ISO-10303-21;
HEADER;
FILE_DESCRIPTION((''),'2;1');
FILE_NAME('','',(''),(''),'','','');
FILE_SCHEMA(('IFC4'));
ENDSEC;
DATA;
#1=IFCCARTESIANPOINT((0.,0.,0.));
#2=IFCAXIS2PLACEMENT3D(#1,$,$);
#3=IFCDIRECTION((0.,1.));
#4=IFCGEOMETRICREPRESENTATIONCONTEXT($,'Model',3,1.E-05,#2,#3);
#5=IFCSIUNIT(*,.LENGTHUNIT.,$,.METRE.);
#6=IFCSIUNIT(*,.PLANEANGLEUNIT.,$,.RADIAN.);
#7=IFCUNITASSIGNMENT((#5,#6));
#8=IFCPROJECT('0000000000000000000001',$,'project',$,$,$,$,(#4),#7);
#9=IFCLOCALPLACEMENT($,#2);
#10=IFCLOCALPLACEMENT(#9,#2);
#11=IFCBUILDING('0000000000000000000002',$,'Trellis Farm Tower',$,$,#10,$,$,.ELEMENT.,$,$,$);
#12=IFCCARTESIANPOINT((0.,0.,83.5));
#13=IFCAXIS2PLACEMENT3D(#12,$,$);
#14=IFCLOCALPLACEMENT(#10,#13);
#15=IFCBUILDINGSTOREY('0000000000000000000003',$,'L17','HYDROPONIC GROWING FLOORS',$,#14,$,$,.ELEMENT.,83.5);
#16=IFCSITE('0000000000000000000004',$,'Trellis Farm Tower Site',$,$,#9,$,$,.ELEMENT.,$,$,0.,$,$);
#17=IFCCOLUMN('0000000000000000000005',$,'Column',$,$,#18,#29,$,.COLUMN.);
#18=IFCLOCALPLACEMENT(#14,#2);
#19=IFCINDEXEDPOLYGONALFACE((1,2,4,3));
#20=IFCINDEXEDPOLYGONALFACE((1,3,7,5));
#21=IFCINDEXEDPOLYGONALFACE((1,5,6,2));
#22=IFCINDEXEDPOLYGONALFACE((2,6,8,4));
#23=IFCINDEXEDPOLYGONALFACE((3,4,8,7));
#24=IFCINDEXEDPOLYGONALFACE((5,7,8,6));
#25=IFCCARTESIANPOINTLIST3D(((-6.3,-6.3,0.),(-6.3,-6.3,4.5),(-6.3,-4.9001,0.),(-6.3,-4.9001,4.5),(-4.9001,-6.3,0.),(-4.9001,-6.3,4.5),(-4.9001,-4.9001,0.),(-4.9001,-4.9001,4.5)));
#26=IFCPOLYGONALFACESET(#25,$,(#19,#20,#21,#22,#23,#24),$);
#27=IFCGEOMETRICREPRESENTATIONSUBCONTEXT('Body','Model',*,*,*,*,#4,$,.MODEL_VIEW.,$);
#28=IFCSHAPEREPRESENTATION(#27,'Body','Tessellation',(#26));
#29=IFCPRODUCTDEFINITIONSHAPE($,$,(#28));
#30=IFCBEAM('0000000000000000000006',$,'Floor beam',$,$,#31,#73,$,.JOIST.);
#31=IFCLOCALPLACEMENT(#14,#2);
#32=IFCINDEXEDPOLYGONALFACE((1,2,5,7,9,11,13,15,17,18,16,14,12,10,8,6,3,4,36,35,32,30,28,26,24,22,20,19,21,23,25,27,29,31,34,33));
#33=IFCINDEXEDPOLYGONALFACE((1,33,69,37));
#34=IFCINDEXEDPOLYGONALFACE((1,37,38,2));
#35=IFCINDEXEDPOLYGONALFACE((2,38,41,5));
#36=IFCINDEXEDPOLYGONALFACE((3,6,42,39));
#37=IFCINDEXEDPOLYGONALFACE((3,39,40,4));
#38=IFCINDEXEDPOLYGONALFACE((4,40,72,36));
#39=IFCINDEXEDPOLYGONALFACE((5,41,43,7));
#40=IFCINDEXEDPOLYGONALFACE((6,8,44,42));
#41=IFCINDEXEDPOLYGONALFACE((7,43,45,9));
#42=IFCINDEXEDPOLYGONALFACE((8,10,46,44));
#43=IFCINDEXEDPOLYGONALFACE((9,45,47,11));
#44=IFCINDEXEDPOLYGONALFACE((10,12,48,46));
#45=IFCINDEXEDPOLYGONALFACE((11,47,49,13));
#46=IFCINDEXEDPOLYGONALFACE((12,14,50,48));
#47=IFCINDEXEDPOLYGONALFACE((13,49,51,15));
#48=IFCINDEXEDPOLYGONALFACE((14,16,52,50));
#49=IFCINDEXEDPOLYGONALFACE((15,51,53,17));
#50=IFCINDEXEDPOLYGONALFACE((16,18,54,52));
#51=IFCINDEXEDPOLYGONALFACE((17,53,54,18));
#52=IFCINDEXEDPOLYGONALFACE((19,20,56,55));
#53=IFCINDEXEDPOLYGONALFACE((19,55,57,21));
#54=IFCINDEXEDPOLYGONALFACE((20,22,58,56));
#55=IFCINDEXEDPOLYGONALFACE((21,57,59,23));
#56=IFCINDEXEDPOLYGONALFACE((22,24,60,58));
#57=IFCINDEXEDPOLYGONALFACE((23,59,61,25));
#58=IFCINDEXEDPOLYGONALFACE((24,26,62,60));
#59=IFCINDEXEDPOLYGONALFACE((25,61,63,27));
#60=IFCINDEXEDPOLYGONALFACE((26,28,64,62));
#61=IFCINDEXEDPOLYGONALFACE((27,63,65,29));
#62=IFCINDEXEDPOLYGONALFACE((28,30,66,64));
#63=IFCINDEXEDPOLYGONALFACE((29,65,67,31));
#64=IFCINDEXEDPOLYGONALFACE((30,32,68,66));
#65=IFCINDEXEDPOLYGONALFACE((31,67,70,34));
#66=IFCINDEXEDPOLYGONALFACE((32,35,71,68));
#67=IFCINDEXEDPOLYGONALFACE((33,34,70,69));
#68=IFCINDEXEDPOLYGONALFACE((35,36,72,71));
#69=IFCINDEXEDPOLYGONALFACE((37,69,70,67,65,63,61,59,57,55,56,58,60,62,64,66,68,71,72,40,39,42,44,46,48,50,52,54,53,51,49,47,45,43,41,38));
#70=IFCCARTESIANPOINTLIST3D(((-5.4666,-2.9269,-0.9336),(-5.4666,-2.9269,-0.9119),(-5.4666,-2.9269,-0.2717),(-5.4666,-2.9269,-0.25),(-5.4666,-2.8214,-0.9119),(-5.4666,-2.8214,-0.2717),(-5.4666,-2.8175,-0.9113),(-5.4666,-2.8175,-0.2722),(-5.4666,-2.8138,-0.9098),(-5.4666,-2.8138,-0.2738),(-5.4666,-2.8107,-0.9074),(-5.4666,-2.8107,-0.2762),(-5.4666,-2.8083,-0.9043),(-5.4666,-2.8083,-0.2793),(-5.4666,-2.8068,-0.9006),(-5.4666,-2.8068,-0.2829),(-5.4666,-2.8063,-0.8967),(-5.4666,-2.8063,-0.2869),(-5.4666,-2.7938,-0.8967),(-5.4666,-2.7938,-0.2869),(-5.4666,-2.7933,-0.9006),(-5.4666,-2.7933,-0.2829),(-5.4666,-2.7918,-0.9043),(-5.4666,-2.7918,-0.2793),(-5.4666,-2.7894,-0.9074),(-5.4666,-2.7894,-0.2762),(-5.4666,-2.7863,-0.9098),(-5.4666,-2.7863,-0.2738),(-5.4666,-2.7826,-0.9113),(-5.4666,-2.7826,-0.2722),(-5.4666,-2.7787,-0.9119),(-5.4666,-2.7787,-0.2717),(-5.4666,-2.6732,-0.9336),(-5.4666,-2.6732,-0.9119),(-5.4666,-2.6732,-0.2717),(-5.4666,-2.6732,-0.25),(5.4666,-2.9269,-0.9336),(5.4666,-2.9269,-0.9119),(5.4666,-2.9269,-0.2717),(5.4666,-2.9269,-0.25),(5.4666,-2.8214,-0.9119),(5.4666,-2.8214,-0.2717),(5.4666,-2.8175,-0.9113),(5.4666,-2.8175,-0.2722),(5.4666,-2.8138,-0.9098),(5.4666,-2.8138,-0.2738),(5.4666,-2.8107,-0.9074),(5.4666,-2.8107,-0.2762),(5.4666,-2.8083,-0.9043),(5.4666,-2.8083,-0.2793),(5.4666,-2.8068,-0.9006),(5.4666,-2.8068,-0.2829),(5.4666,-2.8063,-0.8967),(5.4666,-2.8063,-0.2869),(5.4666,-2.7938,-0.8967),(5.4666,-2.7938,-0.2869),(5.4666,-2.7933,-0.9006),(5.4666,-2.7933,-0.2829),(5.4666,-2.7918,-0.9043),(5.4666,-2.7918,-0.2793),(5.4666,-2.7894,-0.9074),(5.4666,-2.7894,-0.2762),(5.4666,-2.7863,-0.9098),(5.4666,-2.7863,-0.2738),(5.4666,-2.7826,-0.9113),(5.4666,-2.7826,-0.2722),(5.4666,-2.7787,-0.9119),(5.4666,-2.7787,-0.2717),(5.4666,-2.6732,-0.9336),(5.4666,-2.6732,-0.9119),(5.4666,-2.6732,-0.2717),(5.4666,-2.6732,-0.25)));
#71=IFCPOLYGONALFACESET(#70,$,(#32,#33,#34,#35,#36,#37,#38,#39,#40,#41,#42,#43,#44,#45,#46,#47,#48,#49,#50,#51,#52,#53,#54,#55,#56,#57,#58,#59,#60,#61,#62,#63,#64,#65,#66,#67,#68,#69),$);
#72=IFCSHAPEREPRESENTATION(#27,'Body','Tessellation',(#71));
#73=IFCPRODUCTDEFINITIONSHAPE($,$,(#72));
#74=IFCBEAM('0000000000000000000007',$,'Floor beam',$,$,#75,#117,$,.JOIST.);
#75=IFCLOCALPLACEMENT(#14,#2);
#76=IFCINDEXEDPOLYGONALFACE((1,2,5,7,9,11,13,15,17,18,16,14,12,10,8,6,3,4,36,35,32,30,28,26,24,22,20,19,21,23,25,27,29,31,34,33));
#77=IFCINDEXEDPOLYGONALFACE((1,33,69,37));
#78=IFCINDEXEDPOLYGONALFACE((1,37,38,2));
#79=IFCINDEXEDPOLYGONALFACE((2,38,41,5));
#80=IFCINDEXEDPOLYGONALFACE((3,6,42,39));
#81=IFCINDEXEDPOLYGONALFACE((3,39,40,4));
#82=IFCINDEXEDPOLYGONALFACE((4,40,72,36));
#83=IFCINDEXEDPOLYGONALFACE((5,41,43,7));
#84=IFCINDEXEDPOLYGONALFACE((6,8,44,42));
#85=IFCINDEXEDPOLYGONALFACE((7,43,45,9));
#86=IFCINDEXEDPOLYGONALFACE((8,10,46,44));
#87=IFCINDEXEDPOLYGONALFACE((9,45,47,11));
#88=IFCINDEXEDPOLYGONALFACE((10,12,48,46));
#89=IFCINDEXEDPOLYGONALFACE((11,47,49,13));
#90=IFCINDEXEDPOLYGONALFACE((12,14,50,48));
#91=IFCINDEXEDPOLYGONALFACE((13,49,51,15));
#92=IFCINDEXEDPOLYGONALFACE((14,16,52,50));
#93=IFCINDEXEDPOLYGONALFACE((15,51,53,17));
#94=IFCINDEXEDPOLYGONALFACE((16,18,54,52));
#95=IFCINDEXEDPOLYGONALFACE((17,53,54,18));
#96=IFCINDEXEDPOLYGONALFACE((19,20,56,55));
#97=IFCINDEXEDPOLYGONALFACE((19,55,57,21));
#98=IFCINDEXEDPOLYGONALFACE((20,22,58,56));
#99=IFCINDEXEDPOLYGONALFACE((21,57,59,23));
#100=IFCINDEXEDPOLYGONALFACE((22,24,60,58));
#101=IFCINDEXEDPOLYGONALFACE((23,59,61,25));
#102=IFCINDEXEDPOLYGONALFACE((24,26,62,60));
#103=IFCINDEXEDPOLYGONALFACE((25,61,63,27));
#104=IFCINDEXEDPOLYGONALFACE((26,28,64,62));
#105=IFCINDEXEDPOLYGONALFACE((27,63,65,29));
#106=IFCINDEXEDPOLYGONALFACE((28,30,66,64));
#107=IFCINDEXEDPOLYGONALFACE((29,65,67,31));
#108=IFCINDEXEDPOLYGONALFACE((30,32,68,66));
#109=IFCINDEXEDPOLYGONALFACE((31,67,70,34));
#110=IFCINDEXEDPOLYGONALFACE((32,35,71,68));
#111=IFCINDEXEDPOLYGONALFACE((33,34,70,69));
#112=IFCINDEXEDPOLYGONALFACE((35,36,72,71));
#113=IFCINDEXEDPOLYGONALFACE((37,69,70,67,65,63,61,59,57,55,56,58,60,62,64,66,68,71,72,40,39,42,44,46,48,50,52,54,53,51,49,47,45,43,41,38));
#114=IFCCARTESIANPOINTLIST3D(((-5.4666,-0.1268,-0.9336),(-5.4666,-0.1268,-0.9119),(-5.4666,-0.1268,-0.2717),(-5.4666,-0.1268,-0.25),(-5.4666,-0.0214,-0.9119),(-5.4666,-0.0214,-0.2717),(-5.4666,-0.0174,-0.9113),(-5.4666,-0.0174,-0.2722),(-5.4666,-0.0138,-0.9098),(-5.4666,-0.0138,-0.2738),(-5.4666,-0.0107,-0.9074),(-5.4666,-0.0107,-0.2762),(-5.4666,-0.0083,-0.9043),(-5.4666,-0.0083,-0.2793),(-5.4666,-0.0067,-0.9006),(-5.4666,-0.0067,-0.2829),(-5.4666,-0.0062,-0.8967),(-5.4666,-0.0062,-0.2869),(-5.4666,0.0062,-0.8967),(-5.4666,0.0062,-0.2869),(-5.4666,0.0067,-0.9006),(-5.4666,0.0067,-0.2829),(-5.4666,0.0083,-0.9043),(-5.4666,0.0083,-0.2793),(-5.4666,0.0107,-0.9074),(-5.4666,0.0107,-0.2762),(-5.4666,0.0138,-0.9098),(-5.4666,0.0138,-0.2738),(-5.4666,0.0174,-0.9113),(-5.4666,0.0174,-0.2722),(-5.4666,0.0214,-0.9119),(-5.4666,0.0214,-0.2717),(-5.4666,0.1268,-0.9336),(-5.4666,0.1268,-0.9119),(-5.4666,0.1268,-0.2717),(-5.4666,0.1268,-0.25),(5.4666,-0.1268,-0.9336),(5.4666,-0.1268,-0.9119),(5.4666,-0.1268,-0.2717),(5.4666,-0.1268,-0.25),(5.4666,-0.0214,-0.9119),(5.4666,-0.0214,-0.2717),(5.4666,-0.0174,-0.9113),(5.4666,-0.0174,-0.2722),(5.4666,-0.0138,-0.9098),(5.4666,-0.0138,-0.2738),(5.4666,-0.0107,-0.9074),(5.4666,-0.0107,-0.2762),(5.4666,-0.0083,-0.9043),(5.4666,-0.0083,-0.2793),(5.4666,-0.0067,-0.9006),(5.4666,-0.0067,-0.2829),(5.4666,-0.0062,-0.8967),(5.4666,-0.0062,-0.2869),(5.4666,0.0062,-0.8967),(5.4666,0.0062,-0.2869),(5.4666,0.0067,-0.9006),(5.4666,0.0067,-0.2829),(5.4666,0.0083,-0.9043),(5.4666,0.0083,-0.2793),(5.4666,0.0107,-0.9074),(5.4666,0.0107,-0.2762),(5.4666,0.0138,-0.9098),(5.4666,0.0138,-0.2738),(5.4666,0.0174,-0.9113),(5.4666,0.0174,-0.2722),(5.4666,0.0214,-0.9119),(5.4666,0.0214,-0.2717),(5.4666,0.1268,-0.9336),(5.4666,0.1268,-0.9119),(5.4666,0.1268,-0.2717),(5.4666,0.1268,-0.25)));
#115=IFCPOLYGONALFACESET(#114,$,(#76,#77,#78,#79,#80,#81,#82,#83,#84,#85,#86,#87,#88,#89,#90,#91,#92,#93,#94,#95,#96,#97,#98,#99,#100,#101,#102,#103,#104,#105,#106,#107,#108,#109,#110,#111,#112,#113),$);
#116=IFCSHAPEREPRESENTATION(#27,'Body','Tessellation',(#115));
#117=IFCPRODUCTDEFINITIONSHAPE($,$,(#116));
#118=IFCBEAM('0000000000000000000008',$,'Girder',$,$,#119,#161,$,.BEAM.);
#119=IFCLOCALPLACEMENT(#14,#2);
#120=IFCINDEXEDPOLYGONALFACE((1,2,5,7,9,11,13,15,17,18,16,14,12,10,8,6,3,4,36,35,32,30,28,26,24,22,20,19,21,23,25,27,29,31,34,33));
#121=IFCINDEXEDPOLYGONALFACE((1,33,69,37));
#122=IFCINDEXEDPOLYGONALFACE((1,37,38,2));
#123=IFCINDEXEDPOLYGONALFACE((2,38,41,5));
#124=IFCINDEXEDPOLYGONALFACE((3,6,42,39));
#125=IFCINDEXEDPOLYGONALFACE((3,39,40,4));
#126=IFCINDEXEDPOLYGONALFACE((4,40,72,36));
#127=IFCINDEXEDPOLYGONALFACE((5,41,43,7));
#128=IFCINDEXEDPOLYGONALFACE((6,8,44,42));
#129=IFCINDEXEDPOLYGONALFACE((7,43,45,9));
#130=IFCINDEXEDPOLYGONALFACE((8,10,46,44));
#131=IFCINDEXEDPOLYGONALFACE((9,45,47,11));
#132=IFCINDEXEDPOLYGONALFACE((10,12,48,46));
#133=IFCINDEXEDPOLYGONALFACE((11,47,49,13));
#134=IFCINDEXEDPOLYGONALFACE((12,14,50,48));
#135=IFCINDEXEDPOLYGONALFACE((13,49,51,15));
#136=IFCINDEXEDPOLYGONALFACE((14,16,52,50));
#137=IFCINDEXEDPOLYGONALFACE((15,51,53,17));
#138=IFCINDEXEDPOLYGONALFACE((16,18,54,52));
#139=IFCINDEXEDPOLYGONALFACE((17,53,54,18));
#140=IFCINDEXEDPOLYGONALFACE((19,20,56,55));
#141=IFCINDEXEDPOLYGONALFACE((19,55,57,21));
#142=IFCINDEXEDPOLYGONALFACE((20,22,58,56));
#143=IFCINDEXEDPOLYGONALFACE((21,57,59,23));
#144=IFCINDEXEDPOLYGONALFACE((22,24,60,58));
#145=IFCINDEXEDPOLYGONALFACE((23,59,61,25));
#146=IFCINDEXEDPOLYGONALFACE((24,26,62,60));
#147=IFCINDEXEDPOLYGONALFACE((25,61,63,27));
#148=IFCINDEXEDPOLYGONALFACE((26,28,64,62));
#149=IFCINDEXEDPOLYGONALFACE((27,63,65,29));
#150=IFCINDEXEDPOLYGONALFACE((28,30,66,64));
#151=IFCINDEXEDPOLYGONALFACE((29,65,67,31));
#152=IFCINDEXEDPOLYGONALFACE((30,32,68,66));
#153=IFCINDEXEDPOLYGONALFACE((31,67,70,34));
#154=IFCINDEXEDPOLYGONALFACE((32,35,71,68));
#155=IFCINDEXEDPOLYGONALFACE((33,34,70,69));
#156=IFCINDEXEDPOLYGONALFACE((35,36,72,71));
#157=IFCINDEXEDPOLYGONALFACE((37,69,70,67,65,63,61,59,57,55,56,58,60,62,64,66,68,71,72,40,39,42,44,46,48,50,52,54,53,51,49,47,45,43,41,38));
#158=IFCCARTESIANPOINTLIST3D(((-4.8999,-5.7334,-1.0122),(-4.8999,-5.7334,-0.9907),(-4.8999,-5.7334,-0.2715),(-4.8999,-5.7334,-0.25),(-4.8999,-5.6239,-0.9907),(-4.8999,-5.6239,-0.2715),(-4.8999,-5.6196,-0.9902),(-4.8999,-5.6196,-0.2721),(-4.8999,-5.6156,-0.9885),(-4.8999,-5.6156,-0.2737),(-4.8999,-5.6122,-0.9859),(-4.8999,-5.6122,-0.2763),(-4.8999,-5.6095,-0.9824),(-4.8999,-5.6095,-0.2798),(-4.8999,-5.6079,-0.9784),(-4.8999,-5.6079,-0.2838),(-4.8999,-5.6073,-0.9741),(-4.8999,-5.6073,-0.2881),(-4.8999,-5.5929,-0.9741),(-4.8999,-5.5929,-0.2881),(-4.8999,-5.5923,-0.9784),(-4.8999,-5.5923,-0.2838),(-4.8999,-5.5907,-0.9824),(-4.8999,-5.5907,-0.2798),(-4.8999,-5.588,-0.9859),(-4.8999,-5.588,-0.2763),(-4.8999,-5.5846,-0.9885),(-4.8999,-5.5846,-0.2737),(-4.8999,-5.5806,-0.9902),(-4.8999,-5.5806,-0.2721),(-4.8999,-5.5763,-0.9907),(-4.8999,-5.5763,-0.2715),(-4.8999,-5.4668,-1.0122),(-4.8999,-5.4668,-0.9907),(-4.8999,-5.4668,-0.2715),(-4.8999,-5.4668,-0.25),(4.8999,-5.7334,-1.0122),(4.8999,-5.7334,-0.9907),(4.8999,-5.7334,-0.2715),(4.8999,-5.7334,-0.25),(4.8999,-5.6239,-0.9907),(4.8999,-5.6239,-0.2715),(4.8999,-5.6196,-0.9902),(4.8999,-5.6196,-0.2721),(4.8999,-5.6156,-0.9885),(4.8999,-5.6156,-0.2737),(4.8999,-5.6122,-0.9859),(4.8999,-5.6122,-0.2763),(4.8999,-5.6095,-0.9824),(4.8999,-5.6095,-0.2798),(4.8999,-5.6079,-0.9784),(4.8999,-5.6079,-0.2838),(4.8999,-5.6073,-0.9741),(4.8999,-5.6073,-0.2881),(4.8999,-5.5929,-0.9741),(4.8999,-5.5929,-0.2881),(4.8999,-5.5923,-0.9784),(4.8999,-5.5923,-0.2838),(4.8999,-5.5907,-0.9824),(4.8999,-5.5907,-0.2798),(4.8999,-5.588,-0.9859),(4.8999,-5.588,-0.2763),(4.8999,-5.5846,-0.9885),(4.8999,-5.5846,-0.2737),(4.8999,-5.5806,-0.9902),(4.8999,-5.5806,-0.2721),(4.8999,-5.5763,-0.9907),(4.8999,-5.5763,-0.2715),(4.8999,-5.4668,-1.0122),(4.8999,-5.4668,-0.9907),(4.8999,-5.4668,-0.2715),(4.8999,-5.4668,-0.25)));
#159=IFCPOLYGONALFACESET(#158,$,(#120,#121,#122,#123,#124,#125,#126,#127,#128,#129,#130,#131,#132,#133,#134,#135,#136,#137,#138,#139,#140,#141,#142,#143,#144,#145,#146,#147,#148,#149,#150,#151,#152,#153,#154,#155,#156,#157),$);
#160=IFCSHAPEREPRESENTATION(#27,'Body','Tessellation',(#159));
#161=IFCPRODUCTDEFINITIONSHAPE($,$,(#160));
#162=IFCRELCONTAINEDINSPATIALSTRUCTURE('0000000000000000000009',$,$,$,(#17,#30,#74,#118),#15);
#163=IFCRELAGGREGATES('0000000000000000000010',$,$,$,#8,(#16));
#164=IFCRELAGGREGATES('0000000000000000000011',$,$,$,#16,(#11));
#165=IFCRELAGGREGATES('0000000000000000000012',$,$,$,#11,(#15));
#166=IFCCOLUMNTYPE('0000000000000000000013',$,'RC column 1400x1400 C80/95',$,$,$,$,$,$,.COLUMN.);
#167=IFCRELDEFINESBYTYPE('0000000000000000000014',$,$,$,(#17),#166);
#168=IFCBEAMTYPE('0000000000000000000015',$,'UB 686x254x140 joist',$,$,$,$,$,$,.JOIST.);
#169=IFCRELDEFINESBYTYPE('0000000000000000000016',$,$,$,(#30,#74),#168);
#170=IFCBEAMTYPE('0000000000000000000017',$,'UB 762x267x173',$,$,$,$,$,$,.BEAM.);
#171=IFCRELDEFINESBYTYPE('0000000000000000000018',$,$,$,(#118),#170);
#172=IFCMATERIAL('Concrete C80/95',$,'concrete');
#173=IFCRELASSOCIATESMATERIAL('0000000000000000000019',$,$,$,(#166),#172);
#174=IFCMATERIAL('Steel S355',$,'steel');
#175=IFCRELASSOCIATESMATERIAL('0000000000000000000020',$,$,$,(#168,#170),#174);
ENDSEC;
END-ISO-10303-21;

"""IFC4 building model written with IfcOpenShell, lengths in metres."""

from ifc_helpers import new_model, si_unit, direction, frame, origin, origin_2d, place, context, subcontext, project, spatial, rectangle, i_section, extrude, source, transform, mapped, material, material_profile, profile_set, type_object, element, save


model = new_model("IFC4")

# Units and contexts
model_context = context("Model", 3, precision=1e-05, world=origin(), true_north=direction((0.0, 1.0)))
body_context = subcontext(model_context, "Body", "Model", "MODEL_VIEW")
ifc_project = project(units=[si_unit("LENGTHUNIT", "METRE"), si_unit("PLANEANGLEUNIT", "RADIAN")], contexts=[model_context])

# Site, building, storey
site_placement = place(None, origin())
site = spatial("IfcSite", under=ifc_project, at=site_placement, Name="Trellis Farm Tower Site", CompositionType="ELEMENT", RefElevation=0.0)
building_placement = place(site_placement, origin())
building = spatial("IfcBuilding", under=site, at=building_placement, Name="Trellis Farm Tower", CompositionType="ELEMENT")
storey_placement = place(building_placement, frame((0.0, 0.0, 83.5)))
storey = spatial("IfcBuildingStorey", under=building, at=storey_placement, Name="L17", Description="HYDROPONIC GROWING FLOORS", CompositionType="ELEMENT", Elevation=83.5)

# Column
ifc_material_1 = material(Name="Concrete C80/95", Category="concrete")
ifc_material_profile_1 = material_profile(ifc_material_1, rectangle(XDim=1.3999, YDim=1.3999, at=origin_2d()), Name="RC column 1400x1400 C80/95")
ifc_profile_set_1 = profile_set([ifc_material_profile_1], Name="Concrete C80/95")
column_type = type_object("IfcColumnType", Name="RC column 1400x1400 C80/95", PredefinedType="COLUMN", material=ifc_profile_set_1)
shared_shape_1 = source(origin(), body_context, "Body", "SweptSolid", [
    extrude(rectangle(XDim=1.3999, YDim=1.3999, at=origin_2d()), origin(), (0.0, 0.0, 1.0), 4.5),
])
column_placement = place(storey_placement, frame((-5.6001, -5.6001, 0.0), z_axis=(0.0, 0.0, 1.0), x_axis=(1.0, 0.0, 0.0)))
element("IfcColumn", 1, at=column_placement, inside=storey, type_object=column_type, Name="Column", PredefinedType="COLUMN", context=body_context, shape_type="MappedRepresentation", body=[
    mapped(shared_shape_1, transform((0.0, 0.0, 0.0))),
])

# Beams
ifc_material_2 = material(Name="Steel S355", Category="steel")
ifc_material_profile_2 = material_profile(ifc_material_2, i_section(OverallWidth=0.2537, OverallDepth=0.6836, WebThickness=0.0125, FlangeThickness=0.0217, FilletRadius=0.0151, at=origin_2d()), Name="UB 686x254x140")
ifc_profile_set_2 = profile_set([ifc_material_profile_2], Name="Steel S355")
beam_type_1 = type_object("IfcBeamType", Name="UB 686x254x140 joist", PredefinedType="JOIST", material=ifc_profile_set_2)
shared_shape_2 = source(origin(), body_context, "Body", "SweptSolid", [
    extrude(i_section(OverallWidth=0.2537, OverallDepth=0.6836, WebThickness=0.0125, FlangeThickness=0.0217, FilletRadius=0.0151, at=origin_2d()), origin(), (0.0, 0.0, 1.0), 10.9331),
])
for number, where, z_axis, x_axis, name in (
    (2, (-5.4666, -2.8, -0.5918), (1.0, 0.0, 0.0), (0.0, 1.0, 0.0), "Floor beam"),
    (3, (-5.4666, 0.0, -0.5918), (1.0, 0.0, 0.0), (0.0, 1.0, 0.0), "Floor beam"),
):
    element("IfcBeam", number, at=place(storey_placement, frame(where, z_axis=z_axis, x_axis=x_axis)), inside=storey, type_object=beam_type_1, Name=name, PredefinedType="JOIST", context=body_context, shape_type="MappedRepresentation", body=[
        mapped(shared_shape_2, transform((0.0, 0.0, 0.0))),
    ])
ifc_material_profile_3 = material_profile(ifc_material_2, i_section(OverallWidth=0.2666, OverallDepth=0.7622, WebThickness=0.0144, FlangeThickness=0.0215, FilletRadius=0.0166, at=origin_2d()), Name="UB 762x267x173")
ifc_profile_set_3 = profile_set([ifc_material_profile_3], Name="Steel S355")
beam_type_2 = type_object("IfcBeamType", Name="UB 762x267x173", PredefinedType="BEAM", material=ifc_profile_set_3)
shared_shape_3 = source(origin(), body_context, "Body", "SweptSolid", [
    extrude(i_section(OverallWidth=0.2666, OverallDepth=0.7622, WebThickness=0.0144, FlangeThickness=0.0215, FilletRadius=0.0166, at=origin_2d()), origin(), (0.0, 0.0, 1.0), 9.7998),
])
for number, where, z_axis, x_axis, name in (
    (4, (-4.8999, -5.6001, -0.6311), (1.0, 0.0, 0.0), (0.0, 1.0, 0.0), "Girder"),
):
    element("IfcBeam", number, at=place(storey_placement, frame(where, z_axis=z_axis, x_axis=x_axis)), inside=storey, type_object=beam_type_2, Name=name, PredefinedType="BEAM", context=body_context, shape_type="MappedRepresentation", body=[
        mapped(shared_shape_3, transform((0.0, 0.0, 0.0))),
    ])

save(model, "model.ifc")
